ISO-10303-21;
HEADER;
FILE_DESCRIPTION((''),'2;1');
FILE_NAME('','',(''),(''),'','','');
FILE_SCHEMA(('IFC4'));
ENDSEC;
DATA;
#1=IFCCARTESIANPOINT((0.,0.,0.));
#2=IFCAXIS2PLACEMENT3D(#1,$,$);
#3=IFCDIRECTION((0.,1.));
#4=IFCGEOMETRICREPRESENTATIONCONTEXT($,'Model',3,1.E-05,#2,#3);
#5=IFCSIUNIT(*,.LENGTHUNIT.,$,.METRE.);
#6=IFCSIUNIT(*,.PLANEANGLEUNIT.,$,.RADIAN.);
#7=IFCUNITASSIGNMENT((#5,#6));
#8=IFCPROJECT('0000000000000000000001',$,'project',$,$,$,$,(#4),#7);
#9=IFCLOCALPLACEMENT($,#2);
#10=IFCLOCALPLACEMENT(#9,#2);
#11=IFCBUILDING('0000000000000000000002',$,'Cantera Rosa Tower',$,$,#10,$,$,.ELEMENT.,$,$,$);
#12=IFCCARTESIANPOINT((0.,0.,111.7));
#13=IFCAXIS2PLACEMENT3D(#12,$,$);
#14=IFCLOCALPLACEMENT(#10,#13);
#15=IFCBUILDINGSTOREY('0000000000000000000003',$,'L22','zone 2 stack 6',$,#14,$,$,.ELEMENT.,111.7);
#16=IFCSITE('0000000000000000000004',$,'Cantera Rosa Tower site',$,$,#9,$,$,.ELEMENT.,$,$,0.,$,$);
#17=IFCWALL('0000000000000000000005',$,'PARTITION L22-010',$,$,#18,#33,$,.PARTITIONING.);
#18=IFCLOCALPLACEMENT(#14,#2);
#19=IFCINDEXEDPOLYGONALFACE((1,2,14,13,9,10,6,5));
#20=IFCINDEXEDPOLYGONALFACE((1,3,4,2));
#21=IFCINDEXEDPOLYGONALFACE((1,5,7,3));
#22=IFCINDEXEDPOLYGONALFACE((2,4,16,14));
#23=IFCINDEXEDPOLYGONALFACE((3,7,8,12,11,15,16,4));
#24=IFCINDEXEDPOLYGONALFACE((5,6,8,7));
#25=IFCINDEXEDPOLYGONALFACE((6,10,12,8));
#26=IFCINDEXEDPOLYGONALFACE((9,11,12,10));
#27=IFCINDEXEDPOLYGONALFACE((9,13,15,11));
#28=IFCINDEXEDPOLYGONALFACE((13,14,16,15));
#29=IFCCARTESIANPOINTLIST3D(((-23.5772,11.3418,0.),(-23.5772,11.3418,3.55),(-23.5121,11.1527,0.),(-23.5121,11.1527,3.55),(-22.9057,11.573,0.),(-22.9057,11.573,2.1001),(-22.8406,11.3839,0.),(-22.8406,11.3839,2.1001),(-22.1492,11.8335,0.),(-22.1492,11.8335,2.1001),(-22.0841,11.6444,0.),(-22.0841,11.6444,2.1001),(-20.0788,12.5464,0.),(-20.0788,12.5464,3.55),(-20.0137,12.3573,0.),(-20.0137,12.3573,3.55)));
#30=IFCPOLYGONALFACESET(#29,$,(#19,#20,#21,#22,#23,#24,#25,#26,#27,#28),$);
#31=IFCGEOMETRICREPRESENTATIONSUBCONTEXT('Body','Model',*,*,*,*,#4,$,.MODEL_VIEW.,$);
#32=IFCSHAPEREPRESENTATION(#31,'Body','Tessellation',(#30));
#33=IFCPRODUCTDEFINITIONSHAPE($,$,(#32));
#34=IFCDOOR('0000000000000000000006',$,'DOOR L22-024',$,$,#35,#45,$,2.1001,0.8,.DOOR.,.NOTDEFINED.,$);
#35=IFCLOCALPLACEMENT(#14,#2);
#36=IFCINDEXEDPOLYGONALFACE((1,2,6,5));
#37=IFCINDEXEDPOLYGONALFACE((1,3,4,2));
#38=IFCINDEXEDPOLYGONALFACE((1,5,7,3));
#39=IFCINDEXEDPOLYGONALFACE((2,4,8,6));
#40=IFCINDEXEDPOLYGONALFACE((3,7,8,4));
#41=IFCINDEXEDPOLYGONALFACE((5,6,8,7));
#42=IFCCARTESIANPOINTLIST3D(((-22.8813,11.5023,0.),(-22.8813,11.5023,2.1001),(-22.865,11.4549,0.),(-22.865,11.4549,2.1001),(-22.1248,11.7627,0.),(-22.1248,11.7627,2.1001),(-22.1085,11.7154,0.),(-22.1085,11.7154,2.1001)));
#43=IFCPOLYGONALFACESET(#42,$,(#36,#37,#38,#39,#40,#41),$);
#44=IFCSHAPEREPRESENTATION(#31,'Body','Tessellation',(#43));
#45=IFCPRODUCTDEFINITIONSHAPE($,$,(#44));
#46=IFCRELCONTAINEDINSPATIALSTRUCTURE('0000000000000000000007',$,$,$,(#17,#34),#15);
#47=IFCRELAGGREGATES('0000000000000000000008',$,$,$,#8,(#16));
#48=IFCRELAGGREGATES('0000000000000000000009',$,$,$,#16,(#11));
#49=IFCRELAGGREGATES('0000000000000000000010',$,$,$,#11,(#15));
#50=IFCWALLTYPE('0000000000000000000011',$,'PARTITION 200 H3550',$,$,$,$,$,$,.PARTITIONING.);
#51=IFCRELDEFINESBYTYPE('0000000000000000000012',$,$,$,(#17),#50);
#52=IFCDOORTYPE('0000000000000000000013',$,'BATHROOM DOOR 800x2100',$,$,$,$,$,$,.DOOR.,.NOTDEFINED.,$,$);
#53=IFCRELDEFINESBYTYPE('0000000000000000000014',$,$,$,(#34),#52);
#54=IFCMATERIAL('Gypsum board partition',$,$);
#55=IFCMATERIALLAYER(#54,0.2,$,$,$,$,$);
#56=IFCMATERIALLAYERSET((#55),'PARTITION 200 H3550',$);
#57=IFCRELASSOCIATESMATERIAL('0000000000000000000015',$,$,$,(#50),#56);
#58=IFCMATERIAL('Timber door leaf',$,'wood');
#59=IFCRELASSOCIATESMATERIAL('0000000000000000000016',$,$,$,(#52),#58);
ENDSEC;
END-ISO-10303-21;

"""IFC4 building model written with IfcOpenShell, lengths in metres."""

from ifc_helpers import new_model, si_unit, direction, frame, frame_2d, origin, place, context, subcontext, project, spatial, rectangle, extrude, material, layer, layer_set, type_object, element, fill, save


model = new_model("IFC4")

# Units and contexts
model_context = context("Model", 3, precision=1e-05, world=origin(), true_north=direction((0.0, 1.0)))
body_context = subcontext(model_context, "Body", "Model", "MODEL_VIEW")
ifc_project = project(units=[si_unit("LENGTHUNIT", "METRE"), si_unit("PLANEANGLEUNIT", "RADIAN")], contexts=[model_context])

# Site, building, storey
site_placement = place(None, origin())
site = spatial("IfcSite", under=ifc_project, at=site_placement, Name="Cantera Rosa Tower site", CompositionType="ELEMENT", RefElevation=0.0)
building_placement = place(site_placement, origin())
building = spatial("IfcBuilding", under=site, at=building_placement, Name="Cantera Rosa Tower", CompositionType="ELEMENT")
storey_placement = place(building_placement, frame((0.0, 0.0, 111.7)))
storey = spatial("IfcBuildingStorey", under=building, at=storey_placement, Name="L22", Description="zone 2 stack 6", CompositionType="ELEMENT", Elevation=111.7)

# Shared definitions
ifc_material_1 = material(Name="Gypsum board partition")
ifc_layer_1 = layer(ifc_material_1, 0.2)
ifc_layer_set_1 = layer_set([ifc_layer_1], Name="PARTITION 200 H3550")
wall_type_1 = type_object("IfcWallType", Name="PARTITION 200 H3550", PredefinedType="PARTITIONING", material=ifc_layer_set_1)

# Wall, opening, door
wall_1_placement = place(storey_placement, frame((-20.0461, 12.4519, 0.0), z_axis=(0.0, 0.0, 1.0), x_axis=(-0.945516, -0.325576, 0.0)))
wall_1 = element("IfcWall", 1, at=wall_1_placement, inside=storey, type_object=wall_type_1, Name="PARTITION L22-010", PredefinedType="PARTITIONING", context=body_context, shape_type="SweptSolid", body=[
    extrude(rectangle(XDim=3.7, YDim=0.2, at=frame_2d((1.8501, 0.0))), origin(), (0.0, 0.0, 1.0), 3.55),
])
opening_1_placement = place(wall_1_placement, frame((2.1899, 0.0, 0.0)))
opening_1 = element("IfcOpeningElement", 2, at=opening_1_placement, cuts=wall_1, PredefinedType="OPENING", context=body_context, shape_type="SweptSolid", body=[
    extrude(rectangle(XDim=0.8, YDim=2.1001, at=frame_2d((0.3999, 1.05))), frame((0.0, 0.1099, 0.0), z_axis=(0.0, -1.0, 0.0), x_axis=(1.0, 0.0, 0.0)), (0.0, 0.0, 1.0), 0.22),
])
ifc_material_2 = material(Name="Timber door leaf", Category="wood")
door_type_1 = type_object("IfcDoorType", Name="BATHROOM DOOR 800x2100", OperationType="NOTDEFINED", PredefinedType="DOOR", material=ifc_material_2)
door_1_placement = place(opening_1_placement, origin())
door_1 = element("IfcDoor", 3, at=door_1_placement, inside=storey, type_object=door_type_1, Name="DOOR L22-024", OperationType="NOTDEFINED", OverallHeight=2.1001, OverallWidth=0.8, PredefinedType="DOOR", context=body_context, shape_type="SweptSolid", body=[
    extrude(rectangle(XDim=0.8, YDim=2.1001, at=frame_2d((0.3999, 1.05))), frame((0.0, 0.0249, 0.0), z_axis=(0.0, -1.0, 0.0), x_axis=(1.0, 0.0, 0.0)), (0.0, 0.0, 1.0), 0.05),
])
fill(opening_1, door_1)

save(model, "model.ifc")
